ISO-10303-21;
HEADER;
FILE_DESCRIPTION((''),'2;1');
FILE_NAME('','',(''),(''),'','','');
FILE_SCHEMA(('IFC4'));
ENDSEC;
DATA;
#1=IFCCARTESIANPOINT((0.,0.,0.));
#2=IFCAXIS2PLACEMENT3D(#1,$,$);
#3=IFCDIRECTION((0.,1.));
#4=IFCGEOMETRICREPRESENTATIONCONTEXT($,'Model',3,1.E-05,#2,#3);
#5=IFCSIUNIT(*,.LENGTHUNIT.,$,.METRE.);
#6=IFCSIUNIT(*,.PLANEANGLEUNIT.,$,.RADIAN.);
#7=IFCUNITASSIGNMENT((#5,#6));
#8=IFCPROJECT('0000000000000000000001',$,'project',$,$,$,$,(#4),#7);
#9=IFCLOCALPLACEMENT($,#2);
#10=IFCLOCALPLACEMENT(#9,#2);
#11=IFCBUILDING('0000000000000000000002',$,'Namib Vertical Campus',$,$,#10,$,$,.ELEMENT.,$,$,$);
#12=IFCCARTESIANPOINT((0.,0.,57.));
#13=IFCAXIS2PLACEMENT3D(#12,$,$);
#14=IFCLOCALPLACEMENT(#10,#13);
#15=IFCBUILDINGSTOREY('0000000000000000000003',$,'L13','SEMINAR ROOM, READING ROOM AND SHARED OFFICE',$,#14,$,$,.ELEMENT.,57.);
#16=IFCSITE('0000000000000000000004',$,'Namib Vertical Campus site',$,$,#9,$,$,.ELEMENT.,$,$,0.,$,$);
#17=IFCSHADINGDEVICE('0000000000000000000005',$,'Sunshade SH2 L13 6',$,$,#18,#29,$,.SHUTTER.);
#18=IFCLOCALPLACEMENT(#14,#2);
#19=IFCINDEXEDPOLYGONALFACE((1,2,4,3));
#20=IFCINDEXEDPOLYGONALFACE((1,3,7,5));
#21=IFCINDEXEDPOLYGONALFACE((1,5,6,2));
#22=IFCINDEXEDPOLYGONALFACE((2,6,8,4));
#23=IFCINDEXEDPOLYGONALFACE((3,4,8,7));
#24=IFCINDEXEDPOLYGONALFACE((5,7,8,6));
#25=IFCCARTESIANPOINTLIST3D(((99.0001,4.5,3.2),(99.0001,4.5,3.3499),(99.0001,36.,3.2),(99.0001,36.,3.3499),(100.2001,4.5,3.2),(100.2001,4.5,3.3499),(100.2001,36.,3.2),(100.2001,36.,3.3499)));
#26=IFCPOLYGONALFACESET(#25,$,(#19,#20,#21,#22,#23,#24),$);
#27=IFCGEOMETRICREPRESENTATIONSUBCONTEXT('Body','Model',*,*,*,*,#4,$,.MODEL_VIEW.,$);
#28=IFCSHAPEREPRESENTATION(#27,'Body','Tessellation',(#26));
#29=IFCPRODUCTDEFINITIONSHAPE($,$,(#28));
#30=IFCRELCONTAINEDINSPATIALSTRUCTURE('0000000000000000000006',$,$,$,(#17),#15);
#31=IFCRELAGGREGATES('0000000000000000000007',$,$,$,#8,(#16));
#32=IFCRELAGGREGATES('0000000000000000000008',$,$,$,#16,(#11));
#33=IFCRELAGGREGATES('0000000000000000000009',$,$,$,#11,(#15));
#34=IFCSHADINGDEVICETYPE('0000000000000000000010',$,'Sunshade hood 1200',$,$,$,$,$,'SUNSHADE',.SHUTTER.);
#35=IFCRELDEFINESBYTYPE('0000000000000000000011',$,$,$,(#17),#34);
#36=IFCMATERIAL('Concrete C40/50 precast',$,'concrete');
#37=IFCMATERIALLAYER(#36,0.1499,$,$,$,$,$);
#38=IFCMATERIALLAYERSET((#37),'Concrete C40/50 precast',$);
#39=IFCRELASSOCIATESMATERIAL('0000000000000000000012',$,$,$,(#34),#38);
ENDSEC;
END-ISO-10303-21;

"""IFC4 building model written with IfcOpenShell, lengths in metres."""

from ifc_helpers import new_model, si_unit, direction, frame, origin, origin_2d, place, context, subcontext, project, spatial, rectangle, extrude, material, layer, layer_set, type_object, element, save


model = new_model("IFC4")

# Units and contexts
model_context = context("Model", 3, precision=1e-05, world=origin(), true_north=direction((0.0, 1.0)))
body_context = subcontext(model_context, "Body", "Model", "MODEL_VIEW")
ifc_project = project(units=[si_unit("LENGTHUNIT", "METRE"), si_unit("PLANEANGLEUNIT", "RADIAN")], contexts=[model_context])

# Site, building, storey
site_placement = place(None, origin())
site = spatial("IfcSite", under=ifc_project, at=site_placement, Name="Namib Vertical Campus site", CompositionType="ELEMENT", RefElevation=0.0)
building_placement = place(site_placement, origin())
building = spatial("IfcBuilding", under=site, at=building_placement, Name="Namib Vertical Campus", CompositionType="ELEMENT")
storey_placement = place(building_placement, frame((0.0, 0.0, 57.0)))
storey = spatial("IfcBuildingStorey", under=building, at=storey_placement, Name="L13", Description="SEMINAR ROOM, READING ROOM AND SHARED OFFICE", CompositionType="ELEMENT", Elevation=57.0)

# Shading device
ifc_material_1 = material(Name="Concrete C40/50 precast", Category="concrete")
ifc_layer_1 = layer(ifc_material_1, 0.1499)
ifc_layer_set_1 = layer_set([ifc_layer_1], Name="Concrete C40/50 precast")
shading_device_type = type_object("IfcShadingDeviceType", Name="Sunshade hood 1200", ElementType="SUNSHADE", PredefinedType="SHUTTER", material=ifc_layer_set_1)
shading_device_placement = place(storey_placement, frame((99.6001, 20.25, 3.2), z_axis=(0.0, 0.0, 1.0), x_axis=(0.0, 1.0, 0.0)))
element("IfcShadingDevice", 1, at=shading_device_placement, inside=storey, type_object=shading_device_type, Name="Sunshade SH2 L13 6", PredefinedType="SHUTTER", context=body_context, shape_type="SweptSolid", body=[
    extrude(rectangle(XDim=31.5, YDim=1.2, at=origin_2d()), origin(), (0.0, 0.0, 1.0), 0.1499),
])

save(model, "model.ifc")
